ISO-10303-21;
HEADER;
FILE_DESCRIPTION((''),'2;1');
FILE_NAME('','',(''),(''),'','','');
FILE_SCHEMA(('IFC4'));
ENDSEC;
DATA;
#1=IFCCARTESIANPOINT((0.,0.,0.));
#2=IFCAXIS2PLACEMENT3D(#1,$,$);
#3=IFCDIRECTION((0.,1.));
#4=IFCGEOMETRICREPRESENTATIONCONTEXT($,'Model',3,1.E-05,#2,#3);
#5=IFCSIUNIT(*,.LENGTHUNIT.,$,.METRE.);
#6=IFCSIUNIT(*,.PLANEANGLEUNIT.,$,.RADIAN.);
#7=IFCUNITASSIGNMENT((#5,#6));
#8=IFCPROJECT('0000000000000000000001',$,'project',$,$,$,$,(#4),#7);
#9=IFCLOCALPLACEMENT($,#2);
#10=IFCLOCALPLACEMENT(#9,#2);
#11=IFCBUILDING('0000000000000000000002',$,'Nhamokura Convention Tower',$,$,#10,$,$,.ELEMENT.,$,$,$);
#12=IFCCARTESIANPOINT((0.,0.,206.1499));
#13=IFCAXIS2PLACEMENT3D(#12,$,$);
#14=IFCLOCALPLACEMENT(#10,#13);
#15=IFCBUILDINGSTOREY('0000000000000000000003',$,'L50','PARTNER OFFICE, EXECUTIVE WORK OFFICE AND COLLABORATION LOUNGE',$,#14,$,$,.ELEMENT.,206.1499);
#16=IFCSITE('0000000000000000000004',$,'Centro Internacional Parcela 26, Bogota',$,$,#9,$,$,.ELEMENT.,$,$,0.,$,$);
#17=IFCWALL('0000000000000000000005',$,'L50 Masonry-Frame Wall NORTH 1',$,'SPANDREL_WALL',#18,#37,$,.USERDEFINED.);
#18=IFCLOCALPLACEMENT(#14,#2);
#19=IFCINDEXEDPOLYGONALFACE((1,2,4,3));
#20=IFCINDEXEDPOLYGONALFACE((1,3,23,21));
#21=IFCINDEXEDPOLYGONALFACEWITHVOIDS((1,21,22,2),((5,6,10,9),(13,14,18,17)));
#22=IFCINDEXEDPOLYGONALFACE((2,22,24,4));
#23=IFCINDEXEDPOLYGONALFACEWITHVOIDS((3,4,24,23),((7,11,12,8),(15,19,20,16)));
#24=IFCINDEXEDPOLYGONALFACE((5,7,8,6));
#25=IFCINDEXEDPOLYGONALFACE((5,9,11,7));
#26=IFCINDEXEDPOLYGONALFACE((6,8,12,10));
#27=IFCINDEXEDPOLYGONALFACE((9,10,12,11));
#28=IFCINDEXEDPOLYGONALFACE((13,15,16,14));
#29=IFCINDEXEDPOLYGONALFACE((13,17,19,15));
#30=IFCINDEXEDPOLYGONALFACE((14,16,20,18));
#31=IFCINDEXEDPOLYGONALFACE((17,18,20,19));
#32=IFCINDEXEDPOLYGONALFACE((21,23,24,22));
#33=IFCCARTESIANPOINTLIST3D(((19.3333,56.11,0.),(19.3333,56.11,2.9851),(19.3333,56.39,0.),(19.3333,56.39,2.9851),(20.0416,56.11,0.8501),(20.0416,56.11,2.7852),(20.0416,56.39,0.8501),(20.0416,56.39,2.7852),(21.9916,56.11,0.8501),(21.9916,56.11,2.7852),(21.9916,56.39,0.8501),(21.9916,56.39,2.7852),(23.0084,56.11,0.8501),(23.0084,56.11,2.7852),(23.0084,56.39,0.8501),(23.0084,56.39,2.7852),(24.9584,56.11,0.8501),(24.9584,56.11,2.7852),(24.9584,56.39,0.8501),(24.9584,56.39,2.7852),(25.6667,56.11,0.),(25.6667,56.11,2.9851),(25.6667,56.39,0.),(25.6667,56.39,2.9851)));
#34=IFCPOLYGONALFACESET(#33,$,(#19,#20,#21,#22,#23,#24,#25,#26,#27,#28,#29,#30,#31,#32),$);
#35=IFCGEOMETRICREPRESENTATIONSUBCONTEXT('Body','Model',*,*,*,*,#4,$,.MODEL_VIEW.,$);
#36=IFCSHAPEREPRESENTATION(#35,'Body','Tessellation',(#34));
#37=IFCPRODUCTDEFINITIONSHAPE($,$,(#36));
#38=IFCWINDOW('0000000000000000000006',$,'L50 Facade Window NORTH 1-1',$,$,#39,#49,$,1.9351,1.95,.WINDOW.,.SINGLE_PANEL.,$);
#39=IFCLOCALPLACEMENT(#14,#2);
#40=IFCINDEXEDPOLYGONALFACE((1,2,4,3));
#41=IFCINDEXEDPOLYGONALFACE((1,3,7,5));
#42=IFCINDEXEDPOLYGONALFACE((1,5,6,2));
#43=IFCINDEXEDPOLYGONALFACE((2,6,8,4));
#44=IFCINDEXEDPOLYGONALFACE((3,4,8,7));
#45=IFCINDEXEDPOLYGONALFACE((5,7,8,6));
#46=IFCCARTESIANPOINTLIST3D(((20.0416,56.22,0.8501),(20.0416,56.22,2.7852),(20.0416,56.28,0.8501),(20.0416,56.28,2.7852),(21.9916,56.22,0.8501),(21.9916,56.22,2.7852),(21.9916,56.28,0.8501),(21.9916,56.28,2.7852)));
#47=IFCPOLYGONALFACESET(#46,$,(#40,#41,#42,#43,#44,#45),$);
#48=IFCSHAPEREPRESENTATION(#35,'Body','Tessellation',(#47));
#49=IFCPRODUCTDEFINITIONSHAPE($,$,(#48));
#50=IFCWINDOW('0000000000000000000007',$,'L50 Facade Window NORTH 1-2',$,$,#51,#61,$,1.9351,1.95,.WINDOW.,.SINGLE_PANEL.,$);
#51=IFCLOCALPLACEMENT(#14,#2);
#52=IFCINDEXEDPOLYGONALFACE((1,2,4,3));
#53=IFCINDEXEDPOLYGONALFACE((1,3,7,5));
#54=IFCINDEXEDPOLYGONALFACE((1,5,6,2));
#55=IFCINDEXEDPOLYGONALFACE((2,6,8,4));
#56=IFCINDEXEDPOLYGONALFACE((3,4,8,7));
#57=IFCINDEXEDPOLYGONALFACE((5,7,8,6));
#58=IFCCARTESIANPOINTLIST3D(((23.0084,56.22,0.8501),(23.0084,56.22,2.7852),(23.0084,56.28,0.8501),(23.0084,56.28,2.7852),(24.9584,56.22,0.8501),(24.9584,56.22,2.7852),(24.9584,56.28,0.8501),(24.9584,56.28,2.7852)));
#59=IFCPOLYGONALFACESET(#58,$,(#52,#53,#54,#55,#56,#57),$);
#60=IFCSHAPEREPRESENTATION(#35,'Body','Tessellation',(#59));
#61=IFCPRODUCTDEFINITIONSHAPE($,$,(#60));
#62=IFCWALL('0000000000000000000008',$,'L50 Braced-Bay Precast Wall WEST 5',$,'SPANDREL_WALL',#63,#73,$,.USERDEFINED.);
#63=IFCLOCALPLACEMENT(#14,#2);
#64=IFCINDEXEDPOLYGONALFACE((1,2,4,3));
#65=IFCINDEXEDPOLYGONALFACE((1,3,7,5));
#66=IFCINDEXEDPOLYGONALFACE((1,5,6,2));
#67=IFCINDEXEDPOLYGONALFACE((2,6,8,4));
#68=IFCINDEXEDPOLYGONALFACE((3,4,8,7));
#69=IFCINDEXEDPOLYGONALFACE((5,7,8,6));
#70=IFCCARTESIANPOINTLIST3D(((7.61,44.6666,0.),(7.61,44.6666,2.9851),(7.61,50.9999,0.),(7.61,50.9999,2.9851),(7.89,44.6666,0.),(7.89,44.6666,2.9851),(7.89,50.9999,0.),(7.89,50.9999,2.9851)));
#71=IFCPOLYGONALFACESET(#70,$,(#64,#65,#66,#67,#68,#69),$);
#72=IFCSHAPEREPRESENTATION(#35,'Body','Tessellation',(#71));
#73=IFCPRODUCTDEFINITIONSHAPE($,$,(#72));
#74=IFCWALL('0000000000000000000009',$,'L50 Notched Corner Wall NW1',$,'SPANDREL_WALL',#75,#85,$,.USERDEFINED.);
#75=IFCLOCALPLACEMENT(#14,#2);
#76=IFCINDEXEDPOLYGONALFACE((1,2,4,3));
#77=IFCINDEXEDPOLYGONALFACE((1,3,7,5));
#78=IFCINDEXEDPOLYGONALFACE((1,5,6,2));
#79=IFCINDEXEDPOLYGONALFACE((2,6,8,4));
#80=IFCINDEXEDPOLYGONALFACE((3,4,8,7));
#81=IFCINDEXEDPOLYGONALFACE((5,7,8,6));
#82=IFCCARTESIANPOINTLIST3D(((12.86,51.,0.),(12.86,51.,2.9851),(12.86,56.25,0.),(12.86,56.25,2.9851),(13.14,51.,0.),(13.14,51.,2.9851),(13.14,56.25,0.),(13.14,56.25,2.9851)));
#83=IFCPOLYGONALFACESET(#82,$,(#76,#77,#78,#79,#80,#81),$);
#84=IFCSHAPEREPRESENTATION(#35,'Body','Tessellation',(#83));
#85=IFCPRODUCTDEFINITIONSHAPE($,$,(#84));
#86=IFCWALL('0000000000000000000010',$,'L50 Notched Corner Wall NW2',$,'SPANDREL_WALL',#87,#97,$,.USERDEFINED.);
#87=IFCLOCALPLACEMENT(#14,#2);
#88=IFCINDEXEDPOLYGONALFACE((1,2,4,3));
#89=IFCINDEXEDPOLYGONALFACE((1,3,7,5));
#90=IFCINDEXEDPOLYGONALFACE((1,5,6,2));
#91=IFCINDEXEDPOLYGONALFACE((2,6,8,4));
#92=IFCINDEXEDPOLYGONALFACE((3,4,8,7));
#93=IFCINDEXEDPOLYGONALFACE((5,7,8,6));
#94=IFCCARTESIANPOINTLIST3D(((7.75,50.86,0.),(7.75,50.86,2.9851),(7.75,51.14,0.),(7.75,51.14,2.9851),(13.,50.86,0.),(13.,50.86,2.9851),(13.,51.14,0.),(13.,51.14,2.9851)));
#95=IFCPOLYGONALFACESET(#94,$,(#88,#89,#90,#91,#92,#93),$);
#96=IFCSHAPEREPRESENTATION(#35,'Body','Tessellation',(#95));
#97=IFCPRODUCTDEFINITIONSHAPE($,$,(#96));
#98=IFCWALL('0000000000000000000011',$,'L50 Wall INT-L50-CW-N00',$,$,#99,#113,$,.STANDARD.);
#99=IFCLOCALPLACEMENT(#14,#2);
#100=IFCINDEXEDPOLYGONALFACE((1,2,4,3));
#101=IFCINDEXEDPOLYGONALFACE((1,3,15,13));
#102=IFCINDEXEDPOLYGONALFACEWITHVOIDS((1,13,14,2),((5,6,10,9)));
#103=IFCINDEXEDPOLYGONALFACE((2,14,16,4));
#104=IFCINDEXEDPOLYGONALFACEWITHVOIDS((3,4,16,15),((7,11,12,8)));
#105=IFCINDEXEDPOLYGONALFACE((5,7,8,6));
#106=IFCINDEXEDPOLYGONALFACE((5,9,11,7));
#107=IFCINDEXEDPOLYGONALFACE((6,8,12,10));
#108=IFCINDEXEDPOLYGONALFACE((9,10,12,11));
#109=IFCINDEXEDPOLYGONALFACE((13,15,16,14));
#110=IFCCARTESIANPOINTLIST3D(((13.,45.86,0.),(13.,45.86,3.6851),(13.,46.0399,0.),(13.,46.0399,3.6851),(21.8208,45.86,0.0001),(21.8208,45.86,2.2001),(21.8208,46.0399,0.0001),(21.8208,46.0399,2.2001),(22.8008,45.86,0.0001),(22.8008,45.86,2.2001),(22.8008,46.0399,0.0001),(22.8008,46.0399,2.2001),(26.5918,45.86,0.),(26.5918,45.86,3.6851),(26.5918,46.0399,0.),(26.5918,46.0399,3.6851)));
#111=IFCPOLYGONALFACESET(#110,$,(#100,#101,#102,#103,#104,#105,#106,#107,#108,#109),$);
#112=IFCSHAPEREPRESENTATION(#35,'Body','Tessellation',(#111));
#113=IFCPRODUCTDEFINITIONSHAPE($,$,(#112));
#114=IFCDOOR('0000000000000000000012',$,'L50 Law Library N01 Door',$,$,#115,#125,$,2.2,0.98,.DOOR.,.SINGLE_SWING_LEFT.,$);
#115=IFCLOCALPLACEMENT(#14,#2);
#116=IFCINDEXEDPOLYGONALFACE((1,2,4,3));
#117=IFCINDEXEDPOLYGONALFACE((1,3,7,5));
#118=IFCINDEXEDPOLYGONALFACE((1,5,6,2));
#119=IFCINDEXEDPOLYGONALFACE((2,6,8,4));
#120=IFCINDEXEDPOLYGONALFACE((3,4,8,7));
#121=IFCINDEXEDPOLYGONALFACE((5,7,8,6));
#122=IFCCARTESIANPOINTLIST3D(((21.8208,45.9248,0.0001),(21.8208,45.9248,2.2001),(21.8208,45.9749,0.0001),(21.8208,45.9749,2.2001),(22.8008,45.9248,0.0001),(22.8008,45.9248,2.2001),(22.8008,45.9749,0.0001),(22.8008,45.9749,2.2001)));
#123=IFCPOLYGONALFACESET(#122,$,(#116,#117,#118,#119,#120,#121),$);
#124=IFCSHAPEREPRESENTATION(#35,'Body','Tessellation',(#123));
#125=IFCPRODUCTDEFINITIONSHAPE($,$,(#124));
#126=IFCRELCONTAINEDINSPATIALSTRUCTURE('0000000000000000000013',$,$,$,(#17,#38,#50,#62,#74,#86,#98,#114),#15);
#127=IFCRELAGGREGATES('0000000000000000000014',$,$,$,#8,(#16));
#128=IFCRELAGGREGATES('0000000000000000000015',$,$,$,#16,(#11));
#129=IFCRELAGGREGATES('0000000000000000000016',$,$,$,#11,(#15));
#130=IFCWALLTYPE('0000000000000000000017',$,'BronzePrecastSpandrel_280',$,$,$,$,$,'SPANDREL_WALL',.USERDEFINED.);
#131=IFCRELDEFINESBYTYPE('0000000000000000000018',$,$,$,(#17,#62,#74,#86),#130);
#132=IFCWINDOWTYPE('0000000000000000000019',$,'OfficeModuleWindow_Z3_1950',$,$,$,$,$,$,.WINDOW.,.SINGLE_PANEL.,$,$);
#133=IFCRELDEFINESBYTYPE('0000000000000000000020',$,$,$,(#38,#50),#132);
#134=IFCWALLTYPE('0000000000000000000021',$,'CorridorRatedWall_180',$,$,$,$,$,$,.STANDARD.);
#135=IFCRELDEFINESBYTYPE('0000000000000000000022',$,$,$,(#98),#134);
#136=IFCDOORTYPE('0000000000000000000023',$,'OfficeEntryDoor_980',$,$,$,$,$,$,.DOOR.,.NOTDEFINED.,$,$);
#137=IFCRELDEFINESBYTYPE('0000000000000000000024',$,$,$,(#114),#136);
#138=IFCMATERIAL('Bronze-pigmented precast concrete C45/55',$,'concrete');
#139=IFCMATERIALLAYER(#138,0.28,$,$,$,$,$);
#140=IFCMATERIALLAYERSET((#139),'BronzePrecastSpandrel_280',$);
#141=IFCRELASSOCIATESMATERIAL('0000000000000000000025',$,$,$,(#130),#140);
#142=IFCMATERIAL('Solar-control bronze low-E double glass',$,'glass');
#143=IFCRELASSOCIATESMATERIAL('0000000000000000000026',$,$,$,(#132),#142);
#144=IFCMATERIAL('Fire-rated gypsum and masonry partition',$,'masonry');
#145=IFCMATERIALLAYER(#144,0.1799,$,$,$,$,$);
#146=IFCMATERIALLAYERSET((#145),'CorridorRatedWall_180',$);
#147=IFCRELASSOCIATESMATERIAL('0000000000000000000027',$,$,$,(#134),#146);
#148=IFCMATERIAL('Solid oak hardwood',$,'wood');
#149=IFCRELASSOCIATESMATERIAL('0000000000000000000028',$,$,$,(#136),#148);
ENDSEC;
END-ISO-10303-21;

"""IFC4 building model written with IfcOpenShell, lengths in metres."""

from ifc_helpers import new_model, si_unit, direction, frame, frame_2d, origin, place, context, subcontext, project, spatial, rectangle, extrude, material, layer, layer_set, type_object, element, fill, save


model = new_model("IFC4")

# Units and contexts
model_context = context("Model", 3, precision=1e-05, world=origin(), true_north=direction((0.0, 1.0)))
body_context = subcontext(model_context, "Body", "Model", "MODEL_VIEW")
ifc_project = project(units=[si_unit("LENGTHUNIT", "METRE"), si_unit("PLANEANGLEUNIT", "RADIAN")], contexts=[model_context])

# Site, building, storey
site_placement = place(None, origin())
site = spatial("IfcSite", under=ifc_project, at=site_placement, Name="Centro Internacional Parcela 26, Bogota", CompositionType="ELEMENT", RefElevation=0.0)
building_placement = place(site_placement, origin())
building = spatial("IfcBuilding", under=site, at=building_placement, Name="Nhamokura Convention Tower", CompositionType="ELEMENT")
storey_placement = place(building_placement, frame((0.0, 0.0, 206.1499)))
storey = spatial("IfcBuildingStorey", under=building, at=storey_placement, Name="L50", Description="PARTNER OFFICE, EXECUTIVE WORK OFFICE AND COLLABORATION LOUNGE", CompositionType="ELEMENT", Elevation=206.1499)

# Shared definitions
ifc_material_1 = material(Name="Bronze-pigmented precast concrete C45/55", Category="concrete")
ifc_layer_1 = layer(ifc_material_1, 0.28)
ifc_layer_set_1 = layer_set([ifc_layer_1], Name="BronzePrecastSpandrel_280")
wall_type_1 = type_object("IfcWallType", Name="BronzePrecastSpandrel_280", ElementType="SPANDREL_WALL", PredefinedType="USERDEFINED", material=ifc_layer_set_1)

# Wall, openings, windows
wall_1_placement = place(storey_placement, frame((19.3333, 56.25, 0.0), z_axis=(0.0, 0.0, 1.0), x_axis=(1.0, 0.0, 0.0)))
wall_1 = element("IfcWall", 1, at=wall_1_placement, inside=storey, type_object=wall_type_1, Name="L50 Masonry-Frame Wall NORTH 1", ObjectType="SPANDREL_WALL", PredefinedType="USERDEFINED", context=body_context, shape_type="SweptSolid", body=[
    extrude(rectangle(XDim=6.3335, YDim=0.28, at=frame_2d((3.1667, 0.0))), origin(), (0.0, 0.0, 1.0), 2.9851),
])
opening_1_placement = place(wall_1_placement, frame((0.7083, 0.0, 0.8501)))
opening_1 = element("IfcOpeningElement", 2, at=opening_1_placement, cuts=wall_1, PredefinedType="OPENING", context=body_context, shape_type="SweptSolid", body=[
    extrude(rectangle(XDim=1.95, YDim=1.9351, at=frame_2d((0.9751, 0.9675))), frame((0.0, 0.1499, 0.0), z_axis=(0.0, -1.0, 0.0), x_axis=(1.0, 0.0, 0.0)), (0.0, 0.0, 1.0), 0.3),
])
opening_2_placement = place(wall_1_placement, frame((3.675, 0.0, 0.8501)))
opening_2 = element("IfcOpeningElement", 3, at=opening_2_placement, cuts=wall_1, PredefinedType="OPENING", context=body_context, shape_type="SweptSolid", body=[
    extrude(rectangle(XDim=1.95, YDim=1.9351, at=frame_2d((0.9751, 0.9675))), frame((0.0, 0.1499, 0.0), z_axis=(0.0, -1.0, 0.0), x_axis=(1.0, 0.0, 0.0)), (0.0, 0.0, 1.0), 0.3),
])
ifc_material_2 = material(Name="Solar-control bronze low-E double glass", Category="glass")
window_type = type_object("IfcWindowType", Name="OfficeModuleWindow_Z3_1950", PartitioningType="SINGLE_PANEL", PredefinedType="WINDOW", material=ifc_material_2)
window_1_placement = place(opening_1_placement, origin())
window_1 = element("IfcWindow", 4, at=window_1_placement, inside=storey, type_object=window_type, Name="L50 Facade Window NORTH 1-1", OverallHeight=1.9351, OverallWidth=1.95, PartitioningType="SINGLE_PANEL", PredefinedType="WINDOW", context=body_context, shape_type="SweptSolid", body=[
    extrude(rectangle(XDim=1.95, YDim=1.9351, at=frame_2d((0.9751, 0.9675))), frame((0.0, 0.03, 0.0), z_axis=(0.0, -1.0, 0.0), x_axis=(1.0, 0.0, 0.0)), (0.0, 0.0, 1.0), 0.0601),
])
fill(opening_1, window_1)
window_2_placement = place(opening_2_placement, origin())
window_2 = element("IfcWindow", 5, at=window_2_placement, inside=storey, type_object=window_type, Name="L50 Facade Window NORTH 1-2", OverallHeight=1.9351, OverallWidth=1.95, PartitioningType="SINGLE_PANEL", PredefinedType="WINDOW", context=body_context, shape_type="SweptSolid", body=[
    extrude(rectangle(XDim=1.95, YDim=1.9351, at=frame_2d((0.9751, 0.9675))), frame((0.0, 0.03, 0.0), z_axis=(0.0, -1.0, 0.0), x_axis=(1.0, 0.0, 0.0)), (0.0, 0.0, 1.0), 0.0601),
])
fill(opening_2, window_2)

# Walls
wall_2_placement = place(storey_placement, frame((7.75, 44.6667, 0.0), z_axis=(0.0, 0.0, 1.0), x_axis=(0.0, 1.0, 0.0)))
element("IfcWall", 6, at=wall_2_placement, inside=storey, type_object=wall_type_1, Name="L50 Braced-Bay Precast Wall WEST 5", ObjectType="SPANDREL_WALL", PredefinedType="USERDEFINED", context=body_context, shape_type="SweptSolid", body=[
    extrude(rectangle(XDim=6.3333, YDim=0.28, at=frame_2d((3.1665, 0.0))), origin(), (0.0, 0.0, 1.0), 2.9851),
])
for number, where, z_axis, x_axis, name in (
    (7, (13.0, 51.0, 0.0), (0.0, 0.0, 1.0), (0.0, 1.0, 0.0), "L50 Notched Corner Wall NW1"),
    (8, (7.75, 51.0, 0.0), (0.0, 0.0, 1.0), (1.0, 0.0, 0.0), "L50 Notched Corner Wall NW2"),
):
    element("IfcWall", number, at=place(storey_placement, frame(where, z_axis=z_axis, x_axis=x_axis)), inside=storey, type_object=wall_type_1, Name=name, ObjectType="SPANDREL_WALL", PredefinedType="USERDEFINED", context=body_context, shape_type="SweptSolid", body=[
        extrude(rectangle(XDim=5.25, YDim=0.28, at=frame_2d((2.625, 0.0))), origin(), (0.0, 0.0, 1.0), 2.9851),
    ])

# Wall, opening, door
ifc_material_3 = material(Name="Fire-rated gypsum and masonry partition", Category="masonry")
ifc_layer_2 = layer(ifc_material_3, 0.1799)
ifc_layer_set_2 = layer_set([ifc_layer_2], Name="CorridorRatedWall_180")
wall_type_2 = type_object("IfcWallType", Name="CorridorRatedWall_180", PredefinedType="STANDARD", material=ifc_layer_set_2)
wall_3_placement = place(storey_placement, frame((13.0, 45.95, 0.0), z_axis=(0.0, 0.0, 1.0), x_axis=(1.0, 0.0, 0.0)))
wall_3 = element("IfcWall", 9, at=wall_3_placement, inside=storey, type_object=wall_type_2, Name="L50 Wall INT-L50-CW-N00", PredefinedType="STANDARD", context=body_context, shape_type="SweptSolid", body=[
    extrude(rectangle(XDim=13.5918, YDim=0.1799, at=frame_2d((6.7959, 0.0))), origin(), (0.0, 0.0, 1.0), 3.6851),
])
opening_3_placement = place(wall_3_placement, frame((8.8208, 0.0, 0.0)))
opening_3 = element("IfcOpeningElement", 10, at=opening_3_placement, cuts=wall_3, PredefinedType="OPENING", context=body_context, shape_type="SweptSolid", body=[
    extrude(rectangle(XDim=0.98, YDim=2.2, at=frame_2d((0.49, 1.1001))), frame((0.0, 0.0999, 0.0), z_axis=(0.0, -1.0, 0.0), x_axis=(1.0, 0.0, 0.0)), (0.0, 0.0, 1.0), 0.2),
])
ifc_material_4 = material(Name="Solid oak hardwood", Category="wood")
door_type = type_object("IfcDoorType", Name="OfficeEntryDoor_980", OperationType="NOTDEFINED", PredefinedType="DOOR", material=ifc_material_4)
door_placement = place(opening_3_placement, origin())
door = element("IfcDoor", 11, at=door_placement, inside=storey, type_object=door_type, Name="L50 Law Library N01 Door", OperationType="SINGLE_SWING_LEFT", OverallHeight=2.2, OverallWidth=0.98, PredefinedType="DOOR", context=body_context, shape_type="SweptSolid", body=[
    extrude(rectangle(XDim=0.98, YDim=2.2, at=frame_2d((0.49, 1.1001))), frame((0.0, 0.0249, 0.0), z_axis=(0.0, -1.0, 0.0), x_axis=(1.0, 0.0, 0.0)), (0.0, 0.0, 1.0), 0.05),
])
fill(opening_3, door)

save(model, "model.ifc")
